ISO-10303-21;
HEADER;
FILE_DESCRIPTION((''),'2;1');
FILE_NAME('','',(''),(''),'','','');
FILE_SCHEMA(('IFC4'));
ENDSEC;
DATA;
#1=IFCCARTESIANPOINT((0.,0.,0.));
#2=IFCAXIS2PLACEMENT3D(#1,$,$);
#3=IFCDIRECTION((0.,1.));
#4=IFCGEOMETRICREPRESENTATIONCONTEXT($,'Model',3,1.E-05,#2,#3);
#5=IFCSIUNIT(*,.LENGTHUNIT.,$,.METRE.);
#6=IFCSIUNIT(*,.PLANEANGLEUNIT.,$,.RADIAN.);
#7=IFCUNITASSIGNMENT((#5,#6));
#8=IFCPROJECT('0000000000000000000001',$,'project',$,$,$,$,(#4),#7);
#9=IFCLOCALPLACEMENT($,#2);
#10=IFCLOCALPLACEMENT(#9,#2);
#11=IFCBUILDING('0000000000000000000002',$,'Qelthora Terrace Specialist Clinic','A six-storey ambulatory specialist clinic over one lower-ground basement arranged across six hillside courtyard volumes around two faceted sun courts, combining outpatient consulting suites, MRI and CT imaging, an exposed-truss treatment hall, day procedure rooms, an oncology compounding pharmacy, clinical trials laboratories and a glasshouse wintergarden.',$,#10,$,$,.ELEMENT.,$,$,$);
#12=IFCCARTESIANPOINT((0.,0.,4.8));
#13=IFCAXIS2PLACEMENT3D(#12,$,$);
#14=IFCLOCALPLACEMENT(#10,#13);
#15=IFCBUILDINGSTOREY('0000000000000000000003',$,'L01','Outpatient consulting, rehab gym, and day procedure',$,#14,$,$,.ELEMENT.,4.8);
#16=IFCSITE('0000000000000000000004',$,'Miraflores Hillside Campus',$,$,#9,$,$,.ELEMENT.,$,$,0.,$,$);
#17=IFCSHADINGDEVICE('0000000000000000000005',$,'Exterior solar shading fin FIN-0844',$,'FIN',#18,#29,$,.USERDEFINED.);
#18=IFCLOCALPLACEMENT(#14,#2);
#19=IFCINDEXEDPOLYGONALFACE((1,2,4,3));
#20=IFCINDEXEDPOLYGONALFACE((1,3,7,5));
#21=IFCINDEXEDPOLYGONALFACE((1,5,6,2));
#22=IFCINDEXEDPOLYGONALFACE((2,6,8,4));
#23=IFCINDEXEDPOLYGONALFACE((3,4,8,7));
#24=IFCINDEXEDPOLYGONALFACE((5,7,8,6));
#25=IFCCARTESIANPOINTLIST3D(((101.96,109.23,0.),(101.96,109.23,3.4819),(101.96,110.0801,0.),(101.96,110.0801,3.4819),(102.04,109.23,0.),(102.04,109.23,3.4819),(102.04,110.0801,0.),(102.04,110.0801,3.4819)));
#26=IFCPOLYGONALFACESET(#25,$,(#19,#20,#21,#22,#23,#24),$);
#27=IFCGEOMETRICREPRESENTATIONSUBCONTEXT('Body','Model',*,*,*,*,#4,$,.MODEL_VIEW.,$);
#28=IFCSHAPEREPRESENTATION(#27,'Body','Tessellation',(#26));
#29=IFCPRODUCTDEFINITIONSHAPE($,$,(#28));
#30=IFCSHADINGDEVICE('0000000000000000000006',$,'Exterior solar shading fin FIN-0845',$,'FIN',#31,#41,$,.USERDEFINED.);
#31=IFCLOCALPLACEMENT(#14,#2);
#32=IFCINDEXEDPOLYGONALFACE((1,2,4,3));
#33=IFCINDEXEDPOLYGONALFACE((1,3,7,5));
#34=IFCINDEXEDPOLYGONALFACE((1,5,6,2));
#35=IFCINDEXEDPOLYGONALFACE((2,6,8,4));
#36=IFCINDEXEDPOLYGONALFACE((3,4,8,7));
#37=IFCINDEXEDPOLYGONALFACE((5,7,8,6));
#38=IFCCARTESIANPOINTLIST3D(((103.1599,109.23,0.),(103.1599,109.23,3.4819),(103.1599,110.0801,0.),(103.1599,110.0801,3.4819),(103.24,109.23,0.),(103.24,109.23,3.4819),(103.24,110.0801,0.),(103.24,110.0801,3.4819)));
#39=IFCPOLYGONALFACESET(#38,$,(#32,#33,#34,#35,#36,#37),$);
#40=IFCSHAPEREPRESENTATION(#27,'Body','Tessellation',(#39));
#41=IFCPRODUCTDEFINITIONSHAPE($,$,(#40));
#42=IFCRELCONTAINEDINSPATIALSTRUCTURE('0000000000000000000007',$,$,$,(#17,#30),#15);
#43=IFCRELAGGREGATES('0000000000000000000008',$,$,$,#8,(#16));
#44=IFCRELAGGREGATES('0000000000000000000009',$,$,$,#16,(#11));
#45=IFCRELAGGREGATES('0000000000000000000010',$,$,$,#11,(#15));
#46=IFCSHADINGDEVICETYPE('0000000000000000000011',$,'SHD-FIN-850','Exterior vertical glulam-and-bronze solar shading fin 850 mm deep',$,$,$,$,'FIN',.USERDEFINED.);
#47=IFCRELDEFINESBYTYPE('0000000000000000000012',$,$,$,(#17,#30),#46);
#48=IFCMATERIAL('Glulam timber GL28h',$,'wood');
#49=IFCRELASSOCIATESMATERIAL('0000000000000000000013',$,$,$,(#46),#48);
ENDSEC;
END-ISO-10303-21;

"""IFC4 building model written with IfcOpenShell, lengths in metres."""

from ifc_helpers import new_model, si_unit, direction, frame, origin, origin_2d, place, context, subcontext, project, spatial, rectangle, extrude, material, type_object, element, save


model = new_model("IFC4")

# Units and contexts
model_context = context("Model", 3, precision=1e-05, world=origin(), true_north=direction((0.0, 1.0)))
body_context = subcontext(model_context, "Body", "Model", "MODEL_VIEW")
ifc_project = project(units=[si_unit("LENGTHUNIT", "METRE"), si_unit("PLANEANGLEUNIT", "RADIAN")], contexts=[model_context])

# Site, building, storey
site_placement = place(None, origin())
site = spatial("IfcSite", under=ifc_project, at=site_placement, Name="Miraflores Hillside Campus", CompositionType="ELEMENT", RefElevation=0.0)
building_placement = place(site_placement, origin())
building = spatial("IfcBuilding", under=site, at=building_placement, Name="Qelthora Terrace Specialist Clinic", Description="A six-storey ambulatory specialist clinic over one lower-ground basement arranged across six hillside courtyard volumes around two faceted sun courts, combining outpatient consulting suites, MRI and CT imaging, an exposed-truss treatment hall, day procedure rooms, an oncology compounding pharmacy, clinical trials laboratories and a glasshouse wintergarden.", CompositionType="ELEMENT")
storey_placement = place(building_placement, frame((0.0, 0.0, 4.8)))
storey = spatial("IfcBuildingStorey", under=building, at=storey_placement, Name="L01", Description="Outpatient consulting, rehab gym, and day procedure", CompositionType="ELEMENT", Elevation=4.8)

# Shading devices
ifc_material_1 = material(Name="Glulam timber GL28h", Category="wood")
shading_device_type = type_object("IfcShadingDeviceType", Name="SHD-FIN-850", Description="Exterior vertical glulam-and-bronze solar shading fin 850 mm deep", ElementType="FIN", PredefinedType="USERDEFINED", material=ifc_material_1)
for number, where, z_axis, x_axis, name in (
    (1, (102.0, 109.655, 0.0), (0.0, 0.0, 1.0), (0.0, 1.0, 0.0), "Exterior solar shading fin FIN-0844"),
    (2, (103.2, 109.655, 0.0), (0.0, 0.0, 1.0), (0.0, 1.0, 0.0), "Exterior solar shading fin FIN-0845"),
):
    element("IfcShadingDevice", number, at=place(storey_placement, frame(where, z_axis=z_axis, x_axis=x_axis)), inside=storey, type_object=shading_device_type, Name=name, ObjectType="FIN", PredefinedType="USERDEFINED", context=body_context, shape_type="SweptSolid", body=[
        extrude(rectangle(XDim=0.8501, YDim=0.0801, at=origin_2d()), origin(), (0.0, 0.0, 1.0), 3.4819),
    ])

save(model, "model.ifc")
